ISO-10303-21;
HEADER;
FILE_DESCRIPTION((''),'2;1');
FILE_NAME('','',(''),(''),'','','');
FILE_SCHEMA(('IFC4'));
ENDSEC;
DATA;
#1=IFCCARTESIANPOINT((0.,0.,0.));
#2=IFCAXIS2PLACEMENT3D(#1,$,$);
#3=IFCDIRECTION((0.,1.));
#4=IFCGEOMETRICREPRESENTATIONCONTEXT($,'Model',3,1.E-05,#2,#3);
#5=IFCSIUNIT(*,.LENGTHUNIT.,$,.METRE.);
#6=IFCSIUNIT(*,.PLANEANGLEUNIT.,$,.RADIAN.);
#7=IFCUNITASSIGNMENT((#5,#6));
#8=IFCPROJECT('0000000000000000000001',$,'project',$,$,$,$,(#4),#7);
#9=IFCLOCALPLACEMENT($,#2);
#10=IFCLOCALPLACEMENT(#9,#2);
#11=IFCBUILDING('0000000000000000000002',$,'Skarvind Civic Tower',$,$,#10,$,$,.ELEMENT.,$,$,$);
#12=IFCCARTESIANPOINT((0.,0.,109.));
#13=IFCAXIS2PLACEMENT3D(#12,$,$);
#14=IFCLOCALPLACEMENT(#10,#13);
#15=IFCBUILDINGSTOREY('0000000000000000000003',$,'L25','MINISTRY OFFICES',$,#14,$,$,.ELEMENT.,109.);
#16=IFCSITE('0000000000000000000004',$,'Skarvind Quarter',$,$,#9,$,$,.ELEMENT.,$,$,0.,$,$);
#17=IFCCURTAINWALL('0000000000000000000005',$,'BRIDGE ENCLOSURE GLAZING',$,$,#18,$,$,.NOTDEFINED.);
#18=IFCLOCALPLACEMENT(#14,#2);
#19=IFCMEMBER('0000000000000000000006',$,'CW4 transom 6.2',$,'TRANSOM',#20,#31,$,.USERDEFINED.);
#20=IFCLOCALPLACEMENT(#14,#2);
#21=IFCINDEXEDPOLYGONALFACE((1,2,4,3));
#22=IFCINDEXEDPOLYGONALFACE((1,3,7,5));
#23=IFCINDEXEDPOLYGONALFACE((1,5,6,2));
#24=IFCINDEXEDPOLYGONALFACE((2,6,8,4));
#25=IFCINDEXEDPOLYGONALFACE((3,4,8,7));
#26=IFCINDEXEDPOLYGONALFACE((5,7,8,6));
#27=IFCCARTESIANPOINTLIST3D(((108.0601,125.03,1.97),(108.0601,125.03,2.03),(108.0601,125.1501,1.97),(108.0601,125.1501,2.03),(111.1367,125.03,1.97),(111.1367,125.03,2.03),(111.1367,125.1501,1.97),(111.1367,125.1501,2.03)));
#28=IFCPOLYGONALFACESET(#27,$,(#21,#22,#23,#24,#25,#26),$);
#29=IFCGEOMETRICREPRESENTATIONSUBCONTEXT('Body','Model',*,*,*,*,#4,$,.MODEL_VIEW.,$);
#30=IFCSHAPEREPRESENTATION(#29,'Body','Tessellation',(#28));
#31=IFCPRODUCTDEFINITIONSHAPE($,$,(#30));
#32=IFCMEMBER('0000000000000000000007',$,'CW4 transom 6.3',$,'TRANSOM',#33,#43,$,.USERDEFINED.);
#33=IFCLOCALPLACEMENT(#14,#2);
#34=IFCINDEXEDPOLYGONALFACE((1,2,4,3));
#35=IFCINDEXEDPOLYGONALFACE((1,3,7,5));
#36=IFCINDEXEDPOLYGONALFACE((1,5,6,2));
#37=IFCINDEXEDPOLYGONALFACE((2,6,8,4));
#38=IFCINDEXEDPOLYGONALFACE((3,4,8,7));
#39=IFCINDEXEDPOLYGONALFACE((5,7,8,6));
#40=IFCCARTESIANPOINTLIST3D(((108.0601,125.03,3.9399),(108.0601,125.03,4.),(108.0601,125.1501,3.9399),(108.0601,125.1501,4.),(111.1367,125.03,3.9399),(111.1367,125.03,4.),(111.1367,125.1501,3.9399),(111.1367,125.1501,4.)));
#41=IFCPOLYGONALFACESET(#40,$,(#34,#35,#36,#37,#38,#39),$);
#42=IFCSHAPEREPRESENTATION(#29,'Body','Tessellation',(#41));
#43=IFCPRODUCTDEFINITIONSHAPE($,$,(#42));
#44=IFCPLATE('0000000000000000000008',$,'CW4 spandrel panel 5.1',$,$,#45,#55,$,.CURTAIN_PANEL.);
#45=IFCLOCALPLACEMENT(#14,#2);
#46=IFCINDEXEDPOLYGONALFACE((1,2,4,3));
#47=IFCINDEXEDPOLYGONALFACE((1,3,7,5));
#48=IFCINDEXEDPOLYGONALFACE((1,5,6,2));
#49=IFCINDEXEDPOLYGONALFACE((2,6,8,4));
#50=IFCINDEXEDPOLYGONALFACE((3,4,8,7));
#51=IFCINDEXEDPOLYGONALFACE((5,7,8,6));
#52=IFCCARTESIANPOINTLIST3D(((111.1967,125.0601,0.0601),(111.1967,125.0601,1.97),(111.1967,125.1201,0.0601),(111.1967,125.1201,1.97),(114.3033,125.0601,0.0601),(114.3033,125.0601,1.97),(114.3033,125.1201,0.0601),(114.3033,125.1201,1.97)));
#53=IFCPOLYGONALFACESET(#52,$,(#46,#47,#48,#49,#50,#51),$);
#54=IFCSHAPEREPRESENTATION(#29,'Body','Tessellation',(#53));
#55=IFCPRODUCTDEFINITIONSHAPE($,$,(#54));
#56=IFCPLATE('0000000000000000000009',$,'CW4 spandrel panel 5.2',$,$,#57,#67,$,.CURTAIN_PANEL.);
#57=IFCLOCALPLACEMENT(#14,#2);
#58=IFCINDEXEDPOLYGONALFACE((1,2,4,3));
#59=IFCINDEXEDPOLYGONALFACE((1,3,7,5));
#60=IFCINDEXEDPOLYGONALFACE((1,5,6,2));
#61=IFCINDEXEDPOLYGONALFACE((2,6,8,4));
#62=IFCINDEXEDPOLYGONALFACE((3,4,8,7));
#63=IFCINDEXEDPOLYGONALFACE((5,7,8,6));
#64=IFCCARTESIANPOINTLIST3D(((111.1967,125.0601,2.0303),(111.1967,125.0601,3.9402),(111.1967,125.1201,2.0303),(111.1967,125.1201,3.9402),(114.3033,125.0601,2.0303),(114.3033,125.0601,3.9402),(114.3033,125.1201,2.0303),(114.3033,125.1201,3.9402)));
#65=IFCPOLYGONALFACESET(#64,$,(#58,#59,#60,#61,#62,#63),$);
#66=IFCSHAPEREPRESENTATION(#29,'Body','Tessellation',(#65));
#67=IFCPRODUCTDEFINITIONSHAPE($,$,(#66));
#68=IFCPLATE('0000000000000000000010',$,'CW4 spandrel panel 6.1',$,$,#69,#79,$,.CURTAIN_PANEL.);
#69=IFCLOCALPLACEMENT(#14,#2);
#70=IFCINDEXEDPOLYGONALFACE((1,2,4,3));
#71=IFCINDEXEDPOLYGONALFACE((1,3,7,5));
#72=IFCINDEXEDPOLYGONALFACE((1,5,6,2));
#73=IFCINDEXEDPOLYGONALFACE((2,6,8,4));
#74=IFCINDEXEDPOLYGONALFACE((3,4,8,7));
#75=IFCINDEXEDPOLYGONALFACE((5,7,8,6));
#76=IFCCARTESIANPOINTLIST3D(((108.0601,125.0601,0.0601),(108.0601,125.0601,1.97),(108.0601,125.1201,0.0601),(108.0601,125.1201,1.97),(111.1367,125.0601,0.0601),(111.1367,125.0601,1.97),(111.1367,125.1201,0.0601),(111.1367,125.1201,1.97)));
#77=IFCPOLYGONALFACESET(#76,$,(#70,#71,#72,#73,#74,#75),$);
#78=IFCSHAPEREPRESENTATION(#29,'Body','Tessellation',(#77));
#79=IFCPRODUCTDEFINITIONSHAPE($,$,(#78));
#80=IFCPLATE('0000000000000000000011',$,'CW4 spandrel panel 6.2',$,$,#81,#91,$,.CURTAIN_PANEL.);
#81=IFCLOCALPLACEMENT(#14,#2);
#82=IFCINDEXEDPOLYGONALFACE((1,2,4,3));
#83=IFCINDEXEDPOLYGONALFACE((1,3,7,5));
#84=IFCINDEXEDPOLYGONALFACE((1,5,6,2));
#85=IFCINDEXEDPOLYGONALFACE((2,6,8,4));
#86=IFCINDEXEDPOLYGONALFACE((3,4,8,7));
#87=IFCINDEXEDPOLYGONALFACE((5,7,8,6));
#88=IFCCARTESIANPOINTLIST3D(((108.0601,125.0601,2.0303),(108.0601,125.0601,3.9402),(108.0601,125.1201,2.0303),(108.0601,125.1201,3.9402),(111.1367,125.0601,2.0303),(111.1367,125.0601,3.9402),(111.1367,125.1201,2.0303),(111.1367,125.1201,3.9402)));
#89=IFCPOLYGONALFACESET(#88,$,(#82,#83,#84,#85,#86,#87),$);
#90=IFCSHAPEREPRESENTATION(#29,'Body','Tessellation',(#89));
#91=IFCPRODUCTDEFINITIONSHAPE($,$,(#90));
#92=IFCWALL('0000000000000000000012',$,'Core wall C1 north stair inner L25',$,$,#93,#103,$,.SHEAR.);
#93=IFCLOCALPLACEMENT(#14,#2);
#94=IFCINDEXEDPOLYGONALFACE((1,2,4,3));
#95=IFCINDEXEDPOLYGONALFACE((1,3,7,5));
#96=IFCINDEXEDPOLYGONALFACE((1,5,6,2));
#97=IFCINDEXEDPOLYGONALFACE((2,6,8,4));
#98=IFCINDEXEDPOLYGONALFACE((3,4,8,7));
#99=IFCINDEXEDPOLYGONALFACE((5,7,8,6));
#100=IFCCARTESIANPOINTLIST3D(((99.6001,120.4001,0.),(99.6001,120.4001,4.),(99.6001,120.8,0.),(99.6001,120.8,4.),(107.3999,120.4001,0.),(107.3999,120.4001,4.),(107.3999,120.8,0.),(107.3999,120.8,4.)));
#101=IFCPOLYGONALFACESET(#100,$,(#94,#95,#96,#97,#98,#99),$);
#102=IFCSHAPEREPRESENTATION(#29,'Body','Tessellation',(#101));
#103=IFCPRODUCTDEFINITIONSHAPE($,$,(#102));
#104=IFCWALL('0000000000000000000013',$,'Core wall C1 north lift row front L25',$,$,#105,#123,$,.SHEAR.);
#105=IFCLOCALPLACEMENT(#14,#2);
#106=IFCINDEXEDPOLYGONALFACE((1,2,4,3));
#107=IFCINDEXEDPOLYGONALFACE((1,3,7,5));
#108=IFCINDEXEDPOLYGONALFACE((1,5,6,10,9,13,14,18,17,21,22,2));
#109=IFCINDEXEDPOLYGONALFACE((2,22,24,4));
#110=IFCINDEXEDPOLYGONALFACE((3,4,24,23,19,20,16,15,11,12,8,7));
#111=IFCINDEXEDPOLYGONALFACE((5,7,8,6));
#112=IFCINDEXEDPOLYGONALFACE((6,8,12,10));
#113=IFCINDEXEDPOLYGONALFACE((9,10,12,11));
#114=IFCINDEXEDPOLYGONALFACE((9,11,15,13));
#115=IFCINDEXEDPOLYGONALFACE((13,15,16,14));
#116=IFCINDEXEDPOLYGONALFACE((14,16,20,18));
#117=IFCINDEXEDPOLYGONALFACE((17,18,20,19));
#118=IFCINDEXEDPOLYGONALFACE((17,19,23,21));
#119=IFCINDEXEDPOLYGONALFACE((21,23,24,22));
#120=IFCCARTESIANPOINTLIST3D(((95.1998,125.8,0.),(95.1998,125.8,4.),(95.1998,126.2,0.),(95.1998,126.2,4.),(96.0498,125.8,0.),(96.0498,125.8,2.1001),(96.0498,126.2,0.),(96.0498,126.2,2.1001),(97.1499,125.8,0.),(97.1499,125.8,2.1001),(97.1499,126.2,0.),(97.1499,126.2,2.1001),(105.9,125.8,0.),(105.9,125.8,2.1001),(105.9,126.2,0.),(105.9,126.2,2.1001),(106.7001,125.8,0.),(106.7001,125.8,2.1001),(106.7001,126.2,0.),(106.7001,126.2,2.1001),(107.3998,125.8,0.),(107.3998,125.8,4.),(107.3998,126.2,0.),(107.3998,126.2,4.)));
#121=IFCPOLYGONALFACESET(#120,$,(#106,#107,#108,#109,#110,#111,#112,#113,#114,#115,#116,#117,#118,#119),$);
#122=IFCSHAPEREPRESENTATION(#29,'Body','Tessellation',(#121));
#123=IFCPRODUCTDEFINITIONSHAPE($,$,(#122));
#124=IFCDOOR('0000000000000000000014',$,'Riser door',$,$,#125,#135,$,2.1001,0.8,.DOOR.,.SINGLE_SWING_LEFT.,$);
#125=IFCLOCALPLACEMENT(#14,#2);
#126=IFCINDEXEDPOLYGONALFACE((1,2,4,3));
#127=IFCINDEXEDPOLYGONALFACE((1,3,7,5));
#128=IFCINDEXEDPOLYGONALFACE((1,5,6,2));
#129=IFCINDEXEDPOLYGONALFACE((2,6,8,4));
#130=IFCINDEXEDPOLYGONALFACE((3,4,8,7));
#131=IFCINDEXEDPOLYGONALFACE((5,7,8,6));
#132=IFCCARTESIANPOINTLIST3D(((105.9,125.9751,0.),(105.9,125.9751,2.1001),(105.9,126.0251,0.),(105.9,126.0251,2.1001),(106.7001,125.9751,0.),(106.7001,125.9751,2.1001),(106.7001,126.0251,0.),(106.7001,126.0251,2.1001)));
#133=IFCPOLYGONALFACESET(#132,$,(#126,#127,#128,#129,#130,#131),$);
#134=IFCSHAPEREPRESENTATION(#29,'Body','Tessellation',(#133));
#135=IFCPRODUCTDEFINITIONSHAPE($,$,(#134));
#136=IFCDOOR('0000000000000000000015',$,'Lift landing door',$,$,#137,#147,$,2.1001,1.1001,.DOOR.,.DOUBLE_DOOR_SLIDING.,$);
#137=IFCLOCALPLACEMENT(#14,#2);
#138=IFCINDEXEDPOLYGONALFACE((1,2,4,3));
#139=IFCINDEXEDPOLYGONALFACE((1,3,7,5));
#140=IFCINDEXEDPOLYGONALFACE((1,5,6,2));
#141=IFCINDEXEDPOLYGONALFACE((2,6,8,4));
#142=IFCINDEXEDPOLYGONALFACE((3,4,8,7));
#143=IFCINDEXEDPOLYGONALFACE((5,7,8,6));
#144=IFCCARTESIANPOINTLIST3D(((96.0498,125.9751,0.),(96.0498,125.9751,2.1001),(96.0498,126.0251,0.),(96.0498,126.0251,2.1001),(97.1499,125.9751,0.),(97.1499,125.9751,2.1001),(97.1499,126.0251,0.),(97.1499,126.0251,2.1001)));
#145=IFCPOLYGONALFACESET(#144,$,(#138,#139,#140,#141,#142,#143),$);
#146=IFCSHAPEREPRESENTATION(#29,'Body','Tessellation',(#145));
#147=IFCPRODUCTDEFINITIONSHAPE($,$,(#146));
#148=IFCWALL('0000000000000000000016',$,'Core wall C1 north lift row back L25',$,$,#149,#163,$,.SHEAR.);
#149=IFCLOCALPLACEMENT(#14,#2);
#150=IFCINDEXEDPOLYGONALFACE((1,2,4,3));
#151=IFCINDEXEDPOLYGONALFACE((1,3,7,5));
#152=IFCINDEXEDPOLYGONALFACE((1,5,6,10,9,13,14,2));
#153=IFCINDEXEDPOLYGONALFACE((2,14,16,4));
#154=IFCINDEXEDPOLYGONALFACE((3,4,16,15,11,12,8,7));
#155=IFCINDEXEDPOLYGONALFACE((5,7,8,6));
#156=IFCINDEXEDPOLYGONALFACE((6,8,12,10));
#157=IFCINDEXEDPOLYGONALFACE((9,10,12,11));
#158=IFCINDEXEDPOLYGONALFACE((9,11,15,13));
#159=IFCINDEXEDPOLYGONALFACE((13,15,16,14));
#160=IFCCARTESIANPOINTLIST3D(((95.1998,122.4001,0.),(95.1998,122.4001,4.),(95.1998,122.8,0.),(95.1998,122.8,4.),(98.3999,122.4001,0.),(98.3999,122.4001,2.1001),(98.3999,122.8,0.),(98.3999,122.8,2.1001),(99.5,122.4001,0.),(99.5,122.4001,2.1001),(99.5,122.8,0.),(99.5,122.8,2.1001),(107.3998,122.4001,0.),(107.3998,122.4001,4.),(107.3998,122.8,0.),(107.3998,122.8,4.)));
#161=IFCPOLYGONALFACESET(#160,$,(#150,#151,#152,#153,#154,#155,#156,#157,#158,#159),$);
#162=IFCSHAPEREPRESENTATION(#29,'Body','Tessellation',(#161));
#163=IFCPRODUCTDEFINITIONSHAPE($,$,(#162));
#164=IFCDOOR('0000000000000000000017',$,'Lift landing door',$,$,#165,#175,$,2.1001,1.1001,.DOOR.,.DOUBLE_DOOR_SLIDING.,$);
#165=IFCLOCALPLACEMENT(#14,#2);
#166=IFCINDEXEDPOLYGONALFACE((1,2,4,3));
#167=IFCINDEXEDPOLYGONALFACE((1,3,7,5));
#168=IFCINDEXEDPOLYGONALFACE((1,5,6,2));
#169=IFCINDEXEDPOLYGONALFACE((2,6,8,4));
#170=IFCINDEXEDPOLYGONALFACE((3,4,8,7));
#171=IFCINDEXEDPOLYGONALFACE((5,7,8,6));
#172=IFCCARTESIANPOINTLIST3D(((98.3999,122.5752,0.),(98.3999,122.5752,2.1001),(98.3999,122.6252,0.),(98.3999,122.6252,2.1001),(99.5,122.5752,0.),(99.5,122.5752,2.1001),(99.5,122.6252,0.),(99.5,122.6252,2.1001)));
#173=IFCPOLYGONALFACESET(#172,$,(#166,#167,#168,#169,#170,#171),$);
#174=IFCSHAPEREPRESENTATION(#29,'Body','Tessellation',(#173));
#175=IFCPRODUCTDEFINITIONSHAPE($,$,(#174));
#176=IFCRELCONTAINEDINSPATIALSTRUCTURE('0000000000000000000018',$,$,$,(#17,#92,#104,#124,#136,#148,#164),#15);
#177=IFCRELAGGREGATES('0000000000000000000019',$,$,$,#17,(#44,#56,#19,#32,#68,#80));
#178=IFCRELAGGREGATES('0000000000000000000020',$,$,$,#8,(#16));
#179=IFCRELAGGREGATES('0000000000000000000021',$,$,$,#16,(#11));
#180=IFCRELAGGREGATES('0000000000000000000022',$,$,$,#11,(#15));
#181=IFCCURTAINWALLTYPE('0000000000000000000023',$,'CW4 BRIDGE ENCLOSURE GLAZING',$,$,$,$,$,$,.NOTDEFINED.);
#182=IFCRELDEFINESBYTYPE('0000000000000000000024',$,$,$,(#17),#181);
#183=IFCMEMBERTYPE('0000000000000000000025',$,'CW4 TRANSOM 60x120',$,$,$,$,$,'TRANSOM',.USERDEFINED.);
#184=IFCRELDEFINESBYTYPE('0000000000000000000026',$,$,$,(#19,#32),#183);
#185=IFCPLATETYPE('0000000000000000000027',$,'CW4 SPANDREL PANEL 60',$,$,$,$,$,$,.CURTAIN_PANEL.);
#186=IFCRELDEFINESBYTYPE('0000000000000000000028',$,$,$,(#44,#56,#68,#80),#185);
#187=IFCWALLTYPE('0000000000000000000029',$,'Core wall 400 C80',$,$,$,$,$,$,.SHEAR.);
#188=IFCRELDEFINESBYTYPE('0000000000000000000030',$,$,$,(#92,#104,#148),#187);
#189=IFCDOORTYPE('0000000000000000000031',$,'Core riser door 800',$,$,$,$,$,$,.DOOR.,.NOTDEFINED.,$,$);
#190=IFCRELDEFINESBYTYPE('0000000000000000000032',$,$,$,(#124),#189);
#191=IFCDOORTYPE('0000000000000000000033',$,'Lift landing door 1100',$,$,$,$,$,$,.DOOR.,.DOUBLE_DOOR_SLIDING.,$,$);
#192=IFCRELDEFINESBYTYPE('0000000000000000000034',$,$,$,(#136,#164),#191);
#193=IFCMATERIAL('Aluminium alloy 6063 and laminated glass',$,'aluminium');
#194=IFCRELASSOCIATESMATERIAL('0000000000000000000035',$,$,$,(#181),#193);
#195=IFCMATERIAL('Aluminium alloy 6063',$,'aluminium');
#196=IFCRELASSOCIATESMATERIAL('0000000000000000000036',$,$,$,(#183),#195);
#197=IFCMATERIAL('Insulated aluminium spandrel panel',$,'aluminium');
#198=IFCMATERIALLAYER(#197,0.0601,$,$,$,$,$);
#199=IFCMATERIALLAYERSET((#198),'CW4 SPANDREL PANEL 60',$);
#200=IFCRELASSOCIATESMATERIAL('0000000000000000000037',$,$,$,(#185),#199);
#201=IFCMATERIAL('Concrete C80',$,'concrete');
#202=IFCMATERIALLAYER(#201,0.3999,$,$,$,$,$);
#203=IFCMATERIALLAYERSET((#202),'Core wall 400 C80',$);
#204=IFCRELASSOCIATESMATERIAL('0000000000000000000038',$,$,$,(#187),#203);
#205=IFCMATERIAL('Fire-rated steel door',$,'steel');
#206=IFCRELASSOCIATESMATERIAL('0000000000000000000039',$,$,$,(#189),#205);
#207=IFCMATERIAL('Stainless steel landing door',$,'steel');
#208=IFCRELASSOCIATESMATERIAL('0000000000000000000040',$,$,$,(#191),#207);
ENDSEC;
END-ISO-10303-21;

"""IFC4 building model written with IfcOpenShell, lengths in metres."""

from ifc_helpers import new_model, si_unit, direction, frame, frame_2d, origin, origin_2d, place, context, subcontext, project, spatial, rectangle, extrude, material, layer, layer_set, material_profile, profile_set, type_object, element, fill, aggregate, save


model = new_model("IFC4")

# Units and contexts
model_context = context("Model", 3, precision=1e-05, world=origin(), true_north=direction((0.0, 1.0)))
body_context = subcontext(model_context, "Body", "Model", "MODEL_VIEW")
ifc_project = project(units=[si_unit("LENGTHUNIT", "METRE"), si_unit("PLANEANGLEUNIT", "RADIAN")], contexts=[model_context])

# Site, building, storey
site_placement = place(None, origin())
site = spatial("IfcSite", under=ifc_project, at=site_placement, Name="Skarvind Quarter", CompositionType="ELEMENT", RefElevation=0.0)
building_placement = place(site_placement, origin())
building = spatial("IfcBuilding", under=site, at=building_placement, Name="Skarvind Civic Tower", CompositionType="ELEMENT")
storey_placement = place(building_placement, frame((0.0, 0.0, 109.0)))
storey = spatial("IfcBuildingStorey", under=building, at=storey_placement, Name="L25", Description="MINISTRY OFFICES", CompositionType="ELEMENT", Elevation=109.0)

# Curtain wall, members, plates
ifc_material_1 = material(Name="Aluminium alloy 6063 and laminated glass", Category="aluminium")
curtain_wall_type = type_object("IfcCurtainWallType", Name="CW4 BRIDGE ENCLOSURE GLAZING", PredefinedType="NOTDEFINED", material=ifc_material_1)
curtain_wall_placement = place(storey_placement, origin())
curtain_wall = element("IfcCurtainWall", 1, at=curtain_wall_placement, inside=storey, type_object=curtain_wall_type, Name="BRIDGE ENCLOSURE GLAZING", PredefinedType="NOTDEFINED")
ifc_material_2 = material(Name="Aluminium alloy 6063", Category="aluminium")
ifc_material_profile_1 = material_profile(ifc_material_2, rectangle(XDim=0.1201, YDim=0.0601, at=origin_2d()), Name="AL 60x120")
ifc_profile_set_1 = profile_set([ifc_material_profile_1], Name="Aluminium alloy 6063")
member_type_1 = type_object("IfcMemberType", Name="CW4 TRANSOM 60x120", ElementType="TRANSOM", PredefinedType="USERDEFINED", material=ifc_profile_set_1)
member_1_placement = place(storey_placement, frame((111.1367, 125.0901, 2.0), z_axis=(-1.0, 0.0, 0.0), x_axis=(0.0, -1.0, 0.0)))
member_1 = element("IfcMember", 2, at=member_1_placement, type_object=member_type_1, Name="CW4 transom 6.2", ObjectType="TRANSOM", PredefinedType="USERDEFINED", context=body_context, shape_type="SweptSolid", body=[
    extrude(rectangle(XDim=0.1201, YDim=0.0601, at=origin_2d()), origin(), (0.0, 0.0, 1.0), 3.0767),
])
member_2_placement = place(storey_placement, frame((111.1367, 125.0901, 3.97), z_axis=(-1.0, 0.0, 0.0), x_axis=(0.0, -1.0, 0.0)))
member_2 = element("IfcMember", 3, at=member_2_placement, type_object=member_type_1, Name="CW4 transom 6.3", ObjectType="TRANSOM", PredefinedType="USERDEFINED", context=body_context, shape_type="SweptSolid", body=[
    extrude(rectangle(XDim=0.1201, YDim=0.0601, at=origin_2d()), origin(), (0.0, 0.0, 1.0), 3.0767),
])
ifc_material_3 = material(Name="Insulated aluminium spandrel panel", Category="aluminium")
ifc_layer_1 = layer(ifc_material_3, 0.0601)
ifc_layer_set_1 = layer_set([ifc_layer_1], Name="CW4 SPANDREL PANEL 60")
plate_type = type_object("IfcPlateType", Name="CW4 SPANDREL PANEL 60", PredefinedType="CURTAIN_PANEL", material=ifc_layer_set_1)
plate_1_placement = place(storey_placement, frame((112.75, 125.0901, 0.0601), z_axis=(0.0, 0.0, 1.0), x_axis=(-1.0, 0.0, 0.0)))
plate_1 = element("IfcPlate", 4, at=plate_1_placement, type_object=plate_type, Name="CW4 spandrel panel 5.1", PredefinedType="CURTAIN_PANEL", context=body_context, shape_type="SweptSolid", body=[
    extrude(rectangle(XDim=3.1067, YDim=0.0601, at=origin_2d()), origin(), (0.0, 0.0, 1.0), 1.9099),
])
plate_2_placement = place(storey_placement, frame((112.75, 125.0901, 2.0303), z_axis=(0.0, 0.0, 1.0), x_axis=(-1.0, 0.0, 0.0)))
plate_2 = element("IfcPlate", 5, at=plate_2_placement, type_object=plate_type, Name="CW4 spandrel panel 5.2", PredefinedType="CURTAIN_PANEL", context=body_context, shape_type="SweptSolid", body=[
    extrude(rectangle(XDim=3.1067, YDim=0.0601, at=origin_2d()), origin(), (0.0, 0.0, 1.0), 1.9099),
])
plate_3_placement = place(storey_placement, frame((109.5984, 125.0901, 0.0601), z_axis=(0.0, 0.0, 1.0), x_axis=(-1.0, 0.0, 0.0)))
plate_3 = element("IfcPlate", 6, at=plate_3_placement, type_object=plate_type, Name="CW4 spandrel panel 6.1", PredefinedType="CURTAIN_PANEL", context=body_context, shape_type="SweptSolid", body=[
    extrude(rectangle(XDim=3.0767, YDim=0.0601, at=origin_2d()), origin(), (0.0, 0.0, 1.0), 1.9099),
])
plate_4_placement = place(storey_placement, frame((109.5984, 125.0901, 2.0303), z_axis=(0.0, 0.0, 1.0), x_axis=(-1.0, 0.0, 0.0)))
plate_4 = element("IfcPlate", 7, at=plate_4_placement, type_object=plate_type, Name="CW4 spandrel panel 6.2", PredefinedType="CURTAIN_PANEL", context=body_context, shape_type="SweptSolid", body=[
    extrude(rectangle(XDim=3.0767, YDim=0.0601, at=origin_2d()), origin(), (0.0, 0.0, 1.0), 1.9099),
])
aggregate(curtain_wall, [plate_1, plate_2, member_1, member_2, plate_3, plate_4])

# Wall
ifc_material_4 = material(Name="Concrete C80", Category="concrete")
ifc_layer_2 = layer(ifc_material_4, 0.3999)
ifc_layer_set_2 = layer_set([ifc_layer_2], Name="Core wall 400 C80")
wall_type_1 = type_object("IfcWallType", Name="Core wall 400 C80", PredefinedType="SHEAR", material=ifc_layer_set_2)
wall_1_placement = place(storey_placement, frame((107.3999, 120.6001, 0.0), z_axis=(0.0, 0.0, 1.0), x_axis=(-1.0, 0.0, 0.0)))
element("IfcWall", 8, at=wall_1_placement, inside=storey, type_object=wall_type_1, Name="Core wall C1 north stair inner L25", PredefinedType="SHEAR", context=body_context, shape_type="SweptSolid", body=[
    extrude(rectangle(XDim=7.7998, YDim=0.3999, at=frame_2d((3.8999, 0.0))), origin(), (0.0, 0.0, 1.0), 4.0),
])

# Wall, openings, doors
wall_2_placement = place(storey_placement, frame((107.3999, 126.0, 0.0), z_axis=(0.0, 0.0, 1.0), x_axis=(-1.0, 0.0, 0.0)))
wall_2 = element("IfcWall", 9, at=wall_2_placement, inside=storey, type_object=wall_type_1, Name="Core wall C1 north lift row front L25", PredefinedType="SHEAR", context=body_context, shape_type="SweptSolid", body=[
    extrude(rectangle(XDim=12.2, YDim=0.3999, at=frame_2d((6.1001, 0.0))), origin(), (0.0, 0.0, 1.0), 4.0),
])
opening_1_placement = place(wall_2_placement, frame((10.25, 0.0, 0.0)))
opening_1 = element("IfcOpeningElement", 10, at=opening_1_placement, cuts=wall_2, PredefinedType="OPENING", context=body_context, shape_type="SweptSolid", body=[
    extrude(rectangle(XDim=1.1001, YDim=2.1001, at=frame_2d((0.55, 1.05))), frame((0.0, 0.21, 0.0), z_axis=(0.0, -1.0, 0.0), x_axis=(1.0, 0.0, 0.0)), (0.0, 0.0, 1.0), 0.4199),
])
opening_2_placement = place(wall_2_placement, frame((0.7, 0.0, 0.0)))
opening_2 = element("IfcOpeningElement", 11, at=opening_2_placement, cuts=wall_2, PredefinedType="OPENING", context=body_context, shape_type="SweptSolid", body=[
    extrude(rectangle(XDim=0.8, YDim=2.1001, at=frame_2d((0.3999, 1.05))), frame((0.0, 0.21, 0.0), z_axis=(0.0, -1.0, 0.0), x_axis=(1.0, 0.0, 0.0)), (0.0, 0.0, 1.0), 0.4199),
])
ifc_material_5 = material(Name="Fire-rated steel door", Category="steel")
door_type_1 = type_object("IfcDoorType", Name="Core riser door 800", OperationType="NOTDEFINED", PredefinedType="DOOR", material=ifc_material_5)
door_1_placement = place(opening_2_placement, origin())
door_1 = element("IfcDoor", 12, at=door_1_placement, inside=storey, type_object=door_type_1, Name="Riser door", OperationType="SINGLE_SWING_LEFT", OverallHeight=2.1001, OverallWidth=0.8, PredefinedType="DOOR", context=body_context, shape_type="SweptSolid", body=[
    extrude(rectangle(XDim=0.8, YDim=2.1001, at=frame_2d((0.3999, 1.05))), frame((0.0, 0.0249, 0.0), z_axis=(0.0, -1.0, 0.0), x_axis=(1.0, 0.0, 0.0)), (0.0, 0.0, 1.0), 0.05),
])
fill(opening_2, door_1)
ifc_material_6 = material(Name="Stainless steel landing door", Category="steel")
door_type_2 = type_object("IfcDoorType", Name="Lift landing door 1100", OperationType="DOUBLE_DOOR_SLIDING", PredefinedType="DOOR", material=ifc_material_6)
door_2_placement = place(opening_1_placement, origin())
door_2 = element("IfcDoor", 13, at=door_2_placement, inside=storey, type_object=door_type_2, Name="Lift landing door", OperationType="DOUBLE_DOOR_SLIDING", OverallHeight=2.1001, OverallWidth=1.1001, PredefinedType="DOOR", context=body_context, shape_type="SweptSolid", body=[
    extrude(rectangle(XDim=1.1001, YDim=2.1001, at=frame_2d((0.55, 1.05))), frame((0.0, 0.0249, 0.0), z_axis=(0.0, -1.0, 0.0), x_axis=(1.0, 0.0, 0.0)), (0.0, 0.0, 1.0), 0.05),
])
fill(opening_1, door_2)

# Wall, opening, door
wall_3_placement = place(storey_placement, frame((107.3999, 122.6001, 0.0), z_axis=(0.0, 0.0, 1.0), x_axis=(-1.0, 0.0, 0.0)))
wall_3 = element("IfcWall", 14, at=wall_3_placement, inside=storey, type_object=wall_type_1, Name="Core wall C1 north lift row back L25", PredefinedType="SHEAR", context=body_context, shape_type="SweptSolid", body=[
    extrude(rectangle(XDim=12.2, YDim=0.3999, at=frame_2d((6.1001, 0.0))), origin(), (0.0, 0.0, 1.0), 4.0),
])
opening_3_placement = place(wall_3_placement, frame((7.8999, 0.0, 0.0)))
opening_3 = element("IfcOpeningElement", 15, at=opening_3_placement, cuts=wall_3, PredefinedType="OPENING", context=body_context, shape_type="SweptSolid", body=[
    extrude(rectangle(XDim=1.1001, YDim=2.1001, at=frame_2d((0.55, 1.05))), frame((0.0, 0.21, 0.0), z_axis=(0.0, -1.0, 0.0), x_axis=(1.0, 0.0, 0.0)), (0.0, 0.0, 1.0), 0.4199),
])
door_3_placement = place(opening_3_placement, origin())
door_3 = element("IfcDoor", 16, at=door_3_placement, inside=storey, type_object=door_type_2, Name="Lift landing door", OperationType="DOUBLE_DOOR_SLIDING", OverallHeight=2.1001, OverallWidth=1.1001, PredefinedType="DOOR", context=body_context, shape_type="SweptSolid", body=[
    extrude(rectangle(XDim=1.1001, YDim=2.1001, at=frame_2d((0.55, 1.05))), frame((0.0, 0.0249, 0.0), z_axis=(0.0, -1.0, 0.0), x_axis=(1.0, 0.0, 0.0)), (0.0, 0.0, 1.0), 0.05),
])
fill(opening_3, door_3)

save(model, "model.ifc")
